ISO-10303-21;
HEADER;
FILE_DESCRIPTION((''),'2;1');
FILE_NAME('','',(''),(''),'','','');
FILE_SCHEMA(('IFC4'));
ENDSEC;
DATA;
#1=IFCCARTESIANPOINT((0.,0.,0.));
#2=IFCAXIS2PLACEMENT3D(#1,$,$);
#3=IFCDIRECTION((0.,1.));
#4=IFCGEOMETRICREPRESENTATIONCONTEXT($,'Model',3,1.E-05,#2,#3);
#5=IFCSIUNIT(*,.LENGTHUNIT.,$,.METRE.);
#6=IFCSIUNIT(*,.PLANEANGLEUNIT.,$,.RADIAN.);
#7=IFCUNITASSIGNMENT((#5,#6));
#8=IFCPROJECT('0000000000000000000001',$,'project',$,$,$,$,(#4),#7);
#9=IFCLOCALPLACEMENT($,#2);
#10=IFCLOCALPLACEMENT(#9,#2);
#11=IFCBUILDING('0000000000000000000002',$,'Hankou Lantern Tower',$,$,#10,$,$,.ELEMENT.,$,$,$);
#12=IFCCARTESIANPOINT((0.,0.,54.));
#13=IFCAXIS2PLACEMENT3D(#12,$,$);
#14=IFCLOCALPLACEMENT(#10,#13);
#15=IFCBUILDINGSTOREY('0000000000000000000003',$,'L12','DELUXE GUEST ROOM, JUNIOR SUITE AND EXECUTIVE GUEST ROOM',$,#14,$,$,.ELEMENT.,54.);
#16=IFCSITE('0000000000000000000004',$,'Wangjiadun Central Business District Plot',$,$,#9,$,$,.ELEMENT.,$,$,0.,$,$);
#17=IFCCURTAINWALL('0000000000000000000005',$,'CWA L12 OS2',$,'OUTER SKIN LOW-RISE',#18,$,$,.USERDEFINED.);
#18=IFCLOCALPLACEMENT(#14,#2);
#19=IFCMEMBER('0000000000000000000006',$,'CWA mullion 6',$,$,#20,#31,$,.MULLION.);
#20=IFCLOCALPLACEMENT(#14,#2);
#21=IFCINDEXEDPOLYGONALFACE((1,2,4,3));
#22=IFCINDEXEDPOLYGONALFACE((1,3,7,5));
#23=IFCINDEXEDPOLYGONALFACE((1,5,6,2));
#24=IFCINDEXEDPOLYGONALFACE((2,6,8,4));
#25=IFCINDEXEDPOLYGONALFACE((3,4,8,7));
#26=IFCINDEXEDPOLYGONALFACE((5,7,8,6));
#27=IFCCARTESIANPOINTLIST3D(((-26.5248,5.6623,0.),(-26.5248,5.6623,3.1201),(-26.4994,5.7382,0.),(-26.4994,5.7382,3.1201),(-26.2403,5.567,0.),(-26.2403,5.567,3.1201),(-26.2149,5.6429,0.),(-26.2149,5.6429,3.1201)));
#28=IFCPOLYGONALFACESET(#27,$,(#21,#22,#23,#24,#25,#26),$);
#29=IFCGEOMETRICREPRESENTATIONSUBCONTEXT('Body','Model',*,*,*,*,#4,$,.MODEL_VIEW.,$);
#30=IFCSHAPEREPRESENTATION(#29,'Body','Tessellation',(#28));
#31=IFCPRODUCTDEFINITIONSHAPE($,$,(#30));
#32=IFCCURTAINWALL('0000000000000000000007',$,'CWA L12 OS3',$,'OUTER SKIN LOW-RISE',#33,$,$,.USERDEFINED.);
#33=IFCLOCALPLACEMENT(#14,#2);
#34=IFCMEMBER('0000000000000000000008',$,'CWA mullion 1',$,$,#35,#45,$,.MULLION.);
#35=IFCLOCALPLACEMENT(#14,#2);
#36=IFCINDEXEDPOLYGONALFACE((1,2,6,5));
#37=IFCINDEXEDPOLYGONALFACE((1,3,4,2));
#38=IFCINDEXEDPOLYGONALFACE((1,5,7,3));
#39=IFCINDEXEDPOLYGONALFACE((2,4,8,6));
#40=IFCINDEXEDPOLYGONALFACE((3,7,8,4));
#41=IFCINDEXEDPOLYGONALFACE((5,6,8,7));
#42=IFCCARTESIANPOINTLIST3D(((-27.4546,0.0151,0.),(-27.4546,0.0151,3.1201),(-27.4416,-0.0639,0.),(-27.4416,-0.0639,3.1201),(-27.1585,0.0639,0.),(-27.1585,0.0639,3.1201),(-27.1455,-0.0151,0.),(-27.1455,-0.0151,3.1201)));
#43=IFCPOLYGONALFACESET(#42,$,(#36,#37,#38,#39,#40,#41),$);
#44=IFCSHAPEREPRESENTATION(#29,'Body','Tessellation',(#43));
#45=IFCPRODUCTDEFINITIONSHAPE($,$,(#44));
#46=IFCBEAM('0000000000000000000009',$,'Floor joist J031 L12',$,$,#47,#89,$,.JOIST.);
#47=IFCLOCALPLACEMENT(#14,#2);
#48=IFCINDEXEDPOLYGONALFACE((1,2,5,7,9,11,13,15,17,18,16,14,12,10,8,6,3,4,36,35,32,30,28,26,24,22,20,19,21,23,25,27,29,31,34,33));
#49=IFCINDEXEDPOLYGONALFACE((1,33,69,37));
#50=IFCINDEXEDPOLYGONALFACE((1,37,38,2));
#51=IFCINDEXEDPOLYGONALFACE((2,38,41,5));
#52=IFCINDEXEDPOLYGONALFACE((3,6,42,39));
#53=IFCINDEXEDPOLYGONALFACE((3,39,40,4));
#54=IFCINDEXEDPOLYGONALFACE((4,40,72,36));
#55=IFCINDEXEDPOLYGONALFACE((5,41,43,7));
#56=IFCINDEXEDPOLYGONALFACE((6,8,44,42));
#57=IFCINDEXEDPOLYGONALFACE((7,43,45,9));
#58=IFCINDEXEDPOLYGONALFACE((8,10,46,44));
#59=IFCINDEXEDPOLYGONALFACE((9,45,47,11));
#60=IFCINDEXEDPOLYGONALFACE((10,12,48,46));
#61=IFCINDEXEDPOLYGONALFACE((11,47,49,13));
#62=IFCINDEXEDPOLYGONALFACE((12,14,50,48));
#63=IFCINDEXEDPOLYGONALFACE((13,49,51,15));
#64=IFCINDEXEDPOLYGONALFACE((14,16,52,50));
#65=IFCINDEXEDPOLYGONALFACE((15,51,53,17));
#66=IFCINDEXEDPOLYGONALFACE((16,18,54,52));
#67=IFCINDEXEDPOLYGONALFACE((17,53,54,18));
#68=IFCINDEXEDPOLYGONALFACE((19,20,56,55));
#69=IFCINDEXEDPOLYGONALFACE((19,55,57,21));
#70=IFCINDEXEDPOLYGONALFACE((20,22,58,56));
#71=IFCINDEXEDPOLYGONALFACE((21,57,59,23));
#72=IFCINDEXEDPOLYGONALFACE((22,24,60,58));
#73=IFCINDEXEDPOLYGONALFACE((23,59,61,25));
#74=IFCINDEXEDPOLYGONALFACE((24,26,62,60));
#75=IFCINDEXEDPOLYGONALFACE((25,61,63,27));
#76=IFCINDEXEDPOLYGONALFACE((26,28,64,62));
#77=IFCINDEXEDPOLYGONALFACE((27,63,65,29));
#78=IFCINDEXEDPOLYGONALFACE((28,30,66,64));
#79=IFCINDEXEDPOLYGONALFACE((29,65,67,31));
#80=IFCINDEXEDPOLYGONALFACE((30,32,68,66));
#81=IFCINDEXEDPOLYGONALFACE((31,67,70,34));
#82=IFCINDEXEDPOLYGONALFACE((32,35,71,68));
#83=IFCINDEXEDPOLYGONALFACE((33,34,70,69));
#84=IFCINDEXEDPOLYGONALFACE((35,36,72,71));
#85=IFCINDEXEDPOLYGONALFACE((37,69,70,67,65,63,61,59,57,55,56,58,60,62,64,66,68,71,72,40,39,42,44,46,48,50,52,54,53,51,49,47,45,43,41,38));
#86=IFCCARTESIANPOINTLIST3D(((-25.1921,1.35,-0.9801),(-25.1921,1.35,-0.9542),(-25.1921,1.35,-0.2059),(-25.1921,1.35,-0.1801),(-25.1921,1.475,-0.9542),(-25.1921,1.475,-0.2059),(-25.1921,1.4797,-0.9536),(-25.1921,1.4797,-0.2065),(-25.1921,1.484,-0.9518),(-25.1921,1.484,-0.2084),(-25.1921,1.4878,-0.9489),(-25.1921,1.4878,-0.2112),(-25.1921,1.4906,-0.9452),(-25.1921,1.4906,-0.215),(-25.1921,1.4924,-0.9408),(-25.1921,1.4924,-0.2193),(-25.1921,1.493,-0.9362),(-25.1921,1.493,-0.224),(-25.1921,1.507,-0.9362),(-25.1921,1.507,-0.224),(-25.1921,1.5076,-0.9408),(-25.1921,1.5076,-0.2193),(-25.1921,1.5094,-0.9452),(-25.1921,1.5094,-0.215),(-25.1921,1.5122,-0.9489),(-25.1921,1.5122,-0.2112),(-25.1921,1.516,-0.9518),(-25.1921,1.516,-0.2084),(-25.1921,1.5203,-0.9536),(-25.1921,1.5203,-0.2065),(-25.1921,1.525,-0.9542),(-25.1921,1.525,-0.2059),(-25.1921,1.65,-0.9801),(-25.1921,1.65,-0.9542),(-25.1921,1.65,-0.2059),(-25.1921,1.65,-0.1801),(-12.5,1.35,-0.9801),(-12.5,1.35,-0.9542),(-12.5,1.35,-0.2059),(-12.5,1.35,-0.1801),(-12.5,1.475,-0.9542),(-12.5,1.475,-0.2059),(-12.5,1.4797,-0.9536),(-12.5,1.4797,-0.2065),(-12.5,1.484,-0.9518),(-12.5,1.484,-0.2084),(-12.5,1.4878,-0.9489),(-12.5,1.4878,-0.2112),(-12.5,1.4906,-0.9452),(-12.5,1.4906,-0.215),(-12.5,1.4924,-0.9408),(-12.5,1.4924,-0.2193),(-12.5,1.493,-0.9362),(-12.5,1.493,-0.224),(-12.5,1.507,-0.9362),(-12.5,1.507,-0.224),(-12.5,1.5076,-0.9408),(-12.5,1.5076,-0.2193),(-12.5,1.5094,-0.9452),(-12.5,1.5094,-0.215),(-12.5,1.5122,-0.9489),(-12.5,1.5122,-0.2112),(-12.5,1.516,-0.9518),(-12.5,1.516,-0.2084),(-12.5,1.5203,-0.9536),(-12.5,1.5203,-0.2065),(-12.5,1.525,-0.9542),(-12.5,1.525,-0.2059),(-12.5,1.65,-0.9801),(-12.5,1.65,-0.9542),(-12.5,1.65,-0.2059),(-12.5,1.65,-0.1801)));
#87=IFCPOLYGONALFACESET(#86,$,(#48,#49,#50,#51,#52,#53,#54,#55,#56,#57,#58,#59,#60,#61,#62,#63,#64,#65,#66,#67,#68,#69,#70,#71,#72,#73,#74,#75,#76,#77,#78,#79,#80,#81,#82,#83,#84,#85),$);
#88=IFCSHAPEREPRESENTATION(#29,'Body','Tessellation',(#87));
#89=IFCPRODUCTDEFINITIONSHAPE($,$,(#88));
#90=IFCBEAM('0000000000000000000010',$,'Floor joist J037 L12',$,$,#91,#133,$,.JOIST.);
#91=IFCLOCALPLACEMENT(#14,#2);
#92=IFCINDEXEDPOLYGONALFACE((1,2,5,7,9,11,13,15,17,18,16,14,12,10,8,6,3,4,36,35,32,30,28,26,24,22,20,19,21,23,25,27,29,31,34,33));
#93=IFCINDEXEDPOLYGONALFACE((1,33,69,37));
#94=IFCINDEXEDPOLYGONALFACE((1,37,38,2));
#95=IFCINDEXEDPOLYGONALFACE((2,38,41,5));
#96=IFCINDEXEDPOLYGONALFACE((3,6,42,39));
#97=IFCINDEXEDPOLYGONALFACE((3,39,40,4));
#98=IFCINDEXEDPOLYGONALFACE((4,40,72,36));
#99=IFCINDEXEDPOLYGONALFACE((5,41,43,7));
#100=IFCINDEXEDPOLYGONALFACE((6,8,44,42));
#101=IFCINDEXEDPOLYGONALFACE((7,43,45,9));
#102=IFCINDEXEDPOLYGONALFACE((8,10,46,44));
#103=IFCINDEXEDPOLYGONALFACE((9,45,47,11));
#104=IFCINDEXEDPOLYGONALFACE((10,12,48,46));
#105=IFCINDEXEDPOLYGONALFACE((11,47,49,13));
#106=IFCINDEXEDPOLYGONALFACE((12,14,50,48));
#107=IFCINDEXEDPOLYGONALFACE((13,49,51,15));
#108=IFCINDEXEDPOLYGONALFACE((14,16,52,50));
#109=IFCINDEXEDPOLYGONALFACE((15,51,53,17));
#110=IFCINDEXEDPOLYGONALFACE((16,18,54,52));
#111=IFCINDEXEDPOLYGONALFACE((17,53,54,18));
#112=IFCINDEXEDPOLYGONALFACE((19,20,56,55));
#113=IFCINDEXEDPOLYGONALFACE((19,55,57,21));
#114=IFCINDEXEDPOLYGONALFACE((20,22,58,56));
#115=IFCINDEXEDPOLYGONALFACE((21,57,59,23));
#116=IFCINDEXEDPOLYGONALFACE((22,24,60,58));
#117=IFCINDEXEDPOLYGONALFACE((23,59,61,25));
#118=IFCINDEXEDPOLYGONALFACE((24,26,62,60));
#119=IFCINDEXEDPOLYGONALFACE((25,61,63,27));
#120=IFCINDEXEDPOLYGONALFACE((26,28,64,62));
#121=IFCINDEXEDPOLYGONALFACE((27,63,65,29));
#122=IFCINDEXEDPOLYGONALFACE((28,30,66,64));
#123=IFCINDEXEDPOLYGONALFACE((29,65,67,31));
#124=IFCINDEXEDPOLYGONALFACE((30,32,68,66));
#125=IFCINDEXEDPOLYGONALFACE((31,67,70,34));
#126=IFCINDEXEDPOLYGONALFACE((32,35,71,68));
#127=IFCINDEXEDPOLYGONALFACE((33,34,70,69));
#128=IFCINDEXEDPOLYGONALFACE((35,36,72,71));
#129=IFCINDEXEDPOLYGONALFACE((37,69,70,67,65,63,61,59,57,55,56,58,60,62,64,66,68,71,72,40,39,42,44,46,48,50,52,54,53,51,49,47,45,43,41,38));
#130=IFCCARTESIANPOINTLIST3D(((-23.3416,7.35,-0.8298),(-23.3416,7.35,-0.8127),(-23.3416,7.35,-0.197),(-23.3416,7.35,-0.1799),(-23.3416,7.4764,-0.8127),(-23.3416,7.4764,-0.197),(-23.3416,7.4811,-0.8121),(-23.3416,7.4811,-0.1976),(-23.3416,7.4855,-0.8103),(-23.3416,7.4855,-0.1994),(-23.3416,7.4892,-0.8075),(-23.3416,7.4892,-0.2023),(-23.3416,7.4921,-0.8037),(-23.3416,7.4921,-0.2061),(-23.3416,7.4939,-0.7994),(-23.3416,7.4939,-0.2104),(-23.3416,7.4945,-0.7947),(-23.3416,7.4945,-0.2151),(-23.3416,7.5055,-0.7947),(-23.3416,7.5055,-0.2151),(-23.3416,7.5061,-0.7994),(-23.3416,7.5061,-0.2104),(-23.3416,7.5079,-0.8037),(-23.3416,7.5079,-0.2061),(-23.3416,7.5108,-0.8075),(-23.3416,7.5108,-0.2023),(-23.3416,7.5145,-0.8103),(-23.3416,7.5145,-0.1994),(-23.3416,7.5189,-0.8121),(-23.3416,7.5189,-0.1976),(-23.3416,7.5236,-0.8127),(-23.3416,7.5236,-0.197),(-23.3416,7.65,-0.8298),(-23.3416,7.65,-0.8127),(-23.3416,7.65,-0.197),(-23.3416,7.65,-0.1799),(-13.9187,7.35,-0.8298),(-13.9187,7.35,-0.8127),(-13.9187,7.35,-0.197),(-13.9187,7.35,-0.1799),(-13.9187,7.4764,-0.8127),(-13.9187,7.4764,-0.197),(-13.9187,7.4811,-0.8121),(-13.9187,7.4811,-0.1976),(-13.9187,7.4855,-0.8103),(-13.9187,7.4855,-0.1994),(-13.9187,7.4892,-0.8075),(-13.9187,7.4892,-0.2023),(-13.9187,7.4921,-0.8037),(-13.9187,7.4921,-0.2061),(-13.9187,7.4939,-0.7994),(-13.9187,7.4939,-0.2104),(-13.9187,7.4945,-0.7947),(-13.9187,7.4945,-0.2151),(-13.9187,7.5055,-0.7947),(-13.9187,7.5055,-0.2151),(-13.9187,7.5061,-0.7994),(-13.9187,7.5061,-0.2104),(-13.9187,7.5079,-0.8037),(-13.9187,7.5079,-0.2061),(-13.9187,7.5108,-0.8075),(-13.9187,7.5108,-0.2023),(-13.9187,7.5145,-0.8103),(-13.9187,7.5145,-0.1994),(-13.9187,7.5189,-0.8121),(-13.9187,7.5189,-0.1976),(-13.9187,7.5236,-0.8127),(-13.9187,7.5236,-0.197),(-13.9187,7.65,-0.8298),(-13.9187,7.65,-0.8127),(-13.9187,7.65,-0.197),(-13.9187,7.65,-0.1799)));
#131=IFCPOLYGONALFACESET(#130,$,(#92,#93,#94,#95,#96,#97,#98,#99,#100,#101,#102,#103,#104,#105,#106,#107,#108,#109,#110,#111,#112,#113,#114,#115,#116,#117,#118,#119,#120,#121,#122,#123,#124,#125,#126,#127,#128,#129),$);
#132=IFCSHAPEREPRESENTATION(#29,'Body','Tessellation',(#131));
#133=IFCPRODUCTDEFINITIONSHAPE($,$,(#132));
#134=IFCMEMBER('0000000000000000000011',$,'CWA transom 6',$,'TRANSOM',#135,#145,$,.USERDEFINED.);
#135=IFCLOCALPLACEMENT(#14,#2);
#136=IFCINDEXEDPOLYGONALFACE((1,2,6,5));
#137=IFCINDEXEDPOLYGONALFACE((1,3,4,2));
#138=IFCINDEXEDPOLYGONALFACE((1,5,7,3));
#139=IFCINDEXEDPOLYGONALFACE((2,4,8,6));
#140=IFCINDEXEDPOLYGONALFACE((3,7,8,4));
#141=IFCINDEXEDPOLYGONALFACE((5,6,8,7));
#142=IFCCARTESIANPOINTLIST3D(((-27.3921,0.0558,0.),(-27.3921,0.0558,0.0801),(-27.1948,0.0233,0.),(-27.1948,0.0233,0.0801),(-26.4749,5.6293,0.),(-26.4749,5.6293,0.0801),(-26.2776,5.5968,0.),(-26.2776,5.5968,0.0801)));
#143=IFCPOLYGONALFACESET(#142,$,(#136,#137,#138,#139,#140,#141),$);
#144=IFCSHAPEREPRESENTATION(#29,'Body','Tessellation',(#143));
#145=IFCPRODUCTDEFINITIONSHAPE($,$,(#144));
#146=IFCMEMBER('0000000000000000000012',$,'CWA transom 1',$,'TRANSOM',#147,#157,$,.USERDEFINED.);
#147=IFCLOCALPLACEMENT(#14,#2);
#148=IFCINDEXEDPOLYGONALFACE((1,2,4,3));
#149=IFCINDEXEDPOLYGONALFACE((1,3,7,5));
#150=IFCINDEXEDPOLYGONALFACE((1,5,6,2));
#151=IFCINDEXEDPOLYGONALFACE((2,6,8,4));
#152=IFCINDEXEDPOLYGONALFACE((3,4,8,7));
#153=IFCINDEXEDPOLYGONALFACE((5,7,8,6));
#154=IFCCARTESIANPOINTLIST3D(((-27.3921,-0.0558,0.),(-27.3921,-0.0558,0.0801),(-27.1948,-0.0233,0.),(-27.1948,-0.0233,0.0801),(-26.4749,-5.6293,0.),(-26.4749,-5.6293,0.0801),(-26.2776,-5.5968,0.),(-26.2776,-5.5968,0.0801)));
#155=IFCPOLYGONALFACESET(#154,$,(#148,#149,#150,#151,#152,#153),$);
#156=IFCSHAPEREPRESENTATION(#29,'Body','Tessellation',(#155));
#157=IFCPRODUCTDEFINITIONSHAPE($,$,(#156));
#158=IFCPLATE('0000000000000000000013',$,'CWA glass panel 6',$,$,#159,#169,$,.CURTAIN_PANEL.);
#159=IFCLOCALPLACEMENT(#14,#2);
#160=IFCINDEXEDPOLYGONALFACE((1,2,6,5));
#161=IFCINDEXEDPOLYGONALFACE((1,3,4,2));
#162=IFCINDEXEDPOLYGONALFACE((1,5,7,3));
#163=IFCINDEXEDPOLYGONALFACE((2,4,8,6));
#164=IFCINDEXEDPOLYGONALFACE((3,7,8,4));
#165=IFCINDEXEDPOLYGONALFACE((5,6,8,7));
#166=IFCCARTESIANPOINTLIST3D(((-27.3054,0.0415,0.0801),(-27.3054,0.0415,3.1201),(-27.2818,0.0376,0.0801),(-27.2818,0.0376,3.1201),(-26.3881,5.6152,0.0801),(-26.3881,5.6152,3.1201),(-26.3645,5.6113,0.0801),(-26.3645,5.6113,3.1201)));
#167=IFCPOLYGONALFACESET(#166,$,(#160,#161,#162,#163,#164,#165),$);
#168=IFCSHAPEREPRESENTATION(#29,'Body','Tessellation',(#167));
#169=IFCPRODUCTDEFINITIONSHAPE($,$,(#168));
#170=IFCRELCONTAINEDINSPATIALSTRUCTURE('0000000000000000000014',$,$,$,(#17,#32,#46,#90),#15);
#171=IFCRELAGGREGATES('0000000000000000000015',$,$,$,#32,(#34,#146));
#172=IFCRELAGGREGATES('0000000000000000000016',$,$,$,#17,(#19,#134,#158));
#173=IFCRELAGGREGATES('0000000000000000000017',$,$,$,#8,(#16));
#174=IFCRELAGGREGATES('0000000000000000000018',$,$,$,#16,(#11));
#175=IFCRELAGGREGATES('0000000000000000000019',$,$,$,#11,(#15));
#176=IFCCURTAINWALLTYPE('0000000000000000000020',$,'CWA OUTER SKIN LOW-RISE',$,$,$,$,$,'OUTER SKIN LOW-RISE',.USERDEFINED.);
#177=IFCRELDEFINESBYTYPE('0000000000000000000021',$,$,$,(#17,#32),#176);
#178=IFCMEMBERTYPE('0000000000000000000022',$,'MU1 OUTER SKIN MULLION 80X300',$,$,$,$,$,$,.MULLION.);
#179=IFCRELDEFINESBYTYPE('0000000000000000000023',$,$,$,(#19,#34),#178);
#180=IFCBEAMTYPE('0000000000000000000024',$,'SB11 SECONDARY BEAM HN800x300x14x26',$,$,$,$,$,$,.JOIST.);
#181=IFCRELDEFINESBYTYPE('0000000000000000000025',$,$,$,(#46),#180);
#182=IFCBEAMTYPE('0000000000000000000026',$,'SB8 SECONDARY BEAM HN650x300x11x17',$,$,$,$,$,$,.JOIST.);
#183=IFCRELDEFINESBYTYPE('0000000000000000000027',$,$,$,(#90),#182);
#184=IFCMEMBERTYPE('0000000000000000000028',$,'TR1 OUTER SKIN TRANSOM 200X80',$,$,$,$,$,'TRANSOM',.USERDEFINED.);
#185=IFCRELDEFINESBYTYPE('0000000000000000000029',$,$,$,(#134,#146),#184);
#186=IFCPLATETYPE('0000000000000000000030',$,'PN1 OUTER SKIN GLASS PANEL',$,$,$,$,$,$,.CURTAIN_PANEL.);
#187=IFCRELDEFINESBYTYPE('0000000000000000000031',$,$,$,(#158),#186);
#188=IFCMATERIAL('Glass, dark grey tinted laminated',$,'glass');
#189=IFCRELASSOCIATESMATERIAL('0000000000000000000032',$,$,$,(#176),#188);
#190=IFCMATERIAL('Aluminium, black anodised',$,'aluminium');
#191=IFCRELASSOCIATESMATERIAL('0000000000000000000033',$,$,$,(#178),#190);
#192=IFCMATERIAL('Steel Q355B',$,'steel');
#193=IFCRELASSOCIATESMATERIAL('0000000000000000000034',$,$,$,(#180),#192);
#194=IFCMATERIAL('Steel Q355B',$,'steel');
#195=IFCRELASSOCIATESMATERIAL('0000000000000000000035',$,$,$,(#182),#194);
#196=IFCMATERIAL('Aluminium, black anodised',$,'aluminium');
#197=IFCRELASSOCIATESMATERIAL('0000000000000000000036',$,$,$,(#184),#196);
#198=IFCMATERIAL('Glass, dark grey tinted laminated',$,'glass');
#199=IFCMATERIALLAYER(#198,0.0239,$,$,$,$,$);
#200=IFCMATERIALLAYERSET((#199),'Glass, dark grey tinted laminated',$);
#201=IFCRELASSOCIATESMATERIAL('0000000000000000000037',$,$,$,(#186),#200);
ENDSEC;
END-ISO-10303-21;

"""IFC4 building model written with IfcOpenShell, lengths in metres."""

from ifc_helpers import new_model, si_unit, direction, frame, origin, origin_2d, place, context, subcontext, project, spatial, rectangle, i_section, extrude, material, layer, layer_set, material_profile, profile_set, type_object, element, aggregate, save


model = new_model("IFC4")

# Units and contexts
model_context = context("Model", 3, precision=1e-05, world=origin(), true_north=direction((0.0, 1.0)))
body_context = subcontext(model_context, "Body", "Model", "MODEL_VIEW")
ifc_project = project(units=[si_unit("LENGTHUNIT", "METRE"), si_unit("PLANEANGLEUNIT", "RADIAN")], contexts=[model_context])

# Site, building, storey
site_placement = place(None, origin())
site = spatial("IfcSite", under=ifc_project, at=site_placement, Name="Wangjiadun Central Business District Plot", CompositionType="ELEMENT", RefElevation=0.0)
building_placement = place(site_placement, origin())
building = spatial("IfcBuilding", under=site, at=building_placement, Name="Hankou Lantern Tower", CompositionType="ELEMENT")
storey_placement = place(building_placement, frame((0.0, 0.0, 54.0)))
storey = spatial("IfcBuildingStorey", under=building, at=storey_placement, Name="L12", Description="DELUXE GUEST ROOM, JUNIOR SUITE AND EXECUTIVE GUEST ROOM", CompositionType="ELEMENT", Elevation=54.0)

# Curtain walls, members
ifc_material_1 = material(Name="Glass, dark grey tinted laminated", Category="glass")
curtain_wall_type = type_object("IfcCurtainWallType", Name="CWA OUTER SKIN LOW-RISE", ElementType="OUTER SKIN LOW-RISE", PredefinedType="USERDEFINED", material=ifc_material_1)
curtain_wall_1_placement = place(storey_placement, origin())
curtain_wall_1 = element("IfcCurtainWall", 1, at=curtain_wall_1_placement, inside=storey, type_object=curtain_wall_type, Name="CWA L12 OS2", ObjectType="OUTER SKIN LOW-RISE", PredefinedType="USERDEFINED")
ifc_material_2 = material(Name="Aluminium, black anodised", Category="aluminium")
ifc_material_profile_1 = material_profile(ifc_material_2, rectangle(XDim=0.0801, YDim=0.3, at=origin_2d()), Name="MU1 80X300")
ifc_profile_set_1 = profile_set([ifc_material_profile_1], Name="Aluminium, black anodised")
member_type_1 = type_object("IfcMemberType", Name="MU1 OUTER SKIN MULLION 80X300", PredefinedType="MULLION", material=ifc_profile_set_1)
member_1_placement = place(storey_placement, frame((-26.3699, 5.6526, 0.0), z_axis=(0.0, 0.0, 1.0), x_axis=(-0.317596, -0.948226, 0.0)))
member_1 = element("IfcMember", 2, at=member_1_placement, type_object=member_type_1, Name="CWA mullion 6", PredefinedType="MULLION", context=body_context, shape_type="SweptSolid", body=[
    extrude(rectangle(XDim=0.0801, YDim=0.3, at=origin_2d()), origin(), (0.0, 0.0, 1.0), 3.1201),
])
curtain_wall_2_placement = place(storey_placement, origin())
curtain_wall_2 = element("IfcCurtainWall", 3, at=curtain_wall_2_placement, inside=storey, type_object=curtain_wall_type, Name="CWA L12 OS3", ObjectType="OUTER SKIN LOW-RISE", PredefinedType="USERDEFINED")
member_2_placement = place(storey_placement, frame((-27.3, 0.0, 0.0), z_axis=(0.0, 0.0, 1.0), x_axis=(0.162382, -0.986728, 0.0)))
member_2 = element("IfcMember", 4, at=member_2_placement, type_object=member_type_1, Name="CWA mullion 1", PredefinedType="MULLION", context=body_context, shape_type="SweptSolid", body=[
    extrude(rectangle(XDim=0.0801, YDim=0.3, at=origin_2d()), origin(), (0.0, 0.0, 1.0), 3.1201),
])

# Beams
ifc_material_3 = material(Name="Steel Q355B", Category="steel")
ifc_material_profile_2 = material_profile(ifc_material_3, i_section(OverallWidth=0.3, OverallDepth=0.8, WebThickness=0.0139, FlangeThickness=0.0259, FilletRadius=0.0181, at=origin_2d()), Name="HN800x300x14x26")
ifc_profile_set_2 = profile_set([ifc_material_profile_2], Name="Steel Q355B")
beam_type_1 = type_object("IfcBeamType", Name="SB11 SECONDARY BEAM HN800x300x14x26", PredefinedType="JOIST", material=ifc_profile_set_2)
beam_1_placement = place(storey_placement, frame((-25.1921, 1.5, -0.5801), z_axis=(1.0, 0.0, 0.0), x_axis=(0.0, 1.0, 0.0)))
element("IfcBeam", 5, at=beam_1_placement, inside=storey, type_object=beam_type_1, Name="Floor joist J031 L12", PredefinedType="JOIST", context=body_context, shape_type="SweptSolid", body=[
    extrude(i_section(OverallWidth=0.3, OverallDepth=0.8, WebThickness=0.0139, FlangeThickness=0.0259, FilletRadius=0.0181, at=origin_2d()), origin(), (0.0, 0.0, 1.0), 12.6921),
])
ifc_material_4 = material(Name="Steel Q355B", Category="steel")
ifc_material_profile_3 = material_profile(ifc_material_4, i_section(OverallWidth=0.3, OverallDepth=0.6499, WebThickness=0.011, FlangeThickness=0.0171, FilletRadius=0.0181, at=origin_2d()), Name="HN650x300x11x17")
ifc_profile_set_3 = profile_set([ifc_material_profile_3], Name="Steel Q355B")
beam_type_2 = type_object("IfcBeamType", Name="SB8 SECONDARY BEAM HN650x300x11x17", PredefinedType="JOIST", material=ifc_profile_set_3)
beam_2_placement = place(storey_placement, frame((-23.3416, 7.5, -0.5049), z_axis=(1.0, 0.0, 0.0), x_axis=(0.0, 1.0, 0.0)))
element("IfcBeam", 6, at=beam_2_placement, inside=storey, type_object=beam_type_2, Name="Floor joist J037 L12", PredefinedType="JOIST", context=body_context, shape_type="SweptSolid", body=[
    extrude(i_section(OverallWidth=0.3, OverallDepth=0.6499, WebThickness=0.011, FlangeThickness=0.0171, FilletRadius=0.0181, at=origin_2d()), origin(), (0.0, 0.0, 1.0), 9.4229),
])

# Members
ifc_material_5 = material(Name="Aluminium, black anodised", Category="aluminium")
ifc_material_profile_4 = material_profile(ifc_material_5, rectangle(XDim=0.2, YDim=0.0801, at=origin_2d()), Name="TR1 200X80")
ifc_profile_set_4 = profile_set([ifc_material_profile_4], Name="Aluminium, black anodised")
member_type_2 = type_object("IfcMemberType", Name="TR1 OUTER SKIN TRANSOM 200X80", ElementType="TRANSOM", PredefinedType="USERDEFINED", material=ifc_profile_set_4)
member_3_placement = place(storey_placement, frame((-26.3762, 5.613, 0.04), z_axis=(-0.162387, -0.986727, 0.0), x_axis=(0.986727, -0.162387, 0.0)))
member_3 = element("IfcMember", 7, at=member_3_placement, type_object=member_type_2, Name="CWA transom 6", ObjectType="TRANSOM", PredefinedType="USERDEFINED", context=body_context, shape_type="SweptSolid", body=[
    extrude(rectangle(XDim=0.2, YDim=0.0801, at=origin_2d()), origin(), (0.0, 0.0, 1.0), 5.6484),
])
member_4_placement = place(storey_placement, frame((-27.2935, -0.0396, 0.04), z_axis=(0.162387, -0.986727, 0.0), x_axis=(0.986727, 0.162387, 0.0)))
member_4 = element("IfcMember", 8, at=member_4_placement, type_object=member_type_2, Name="CWA transom 1", ObjectType="TRANSOM", PredefinedType="USERDEFINED", context=body_context, shape_type="SweptSolid", body=[
    extrude(rectangle(XDim=0.2, YDim=0.0801, at=origin_2d()), origin(), (0.0, 0.0, 1.0), 5.6484),
])
aggregate(curtain_wall_2, [member_2, member_4])

# Plate
ifc_material_6 = material(Name="Glass, dark grey tinted laminated", Category="glass")
ifc_layer_1 = layer(ifc_material_6, 0.0239)
ifc_layer_set_1 = layer_set([ifc_layer_1], Name="Glass, dark grey tinted laminated")
plate_type = type_object("IfcPlateType", Name="PN1 OUTER SKIN GLASS PANEL", PredefinedType="CURTAIN_PANEL", material=ifc_layer_set_1)
plate_placement = place(storey_placement, frame((-26.835, 2.8264, 0.0801), z_axis=(0.0, 0.0, 1.0), x_axis=(-0.162382, -0.986728, 0.0)))
plate = element("IfcPlate", 9, at=plate_placement, type_object=plate_type, Name="CWA glass panel 6", PredefinedType="CURTAIN_PANEL", context=body_context, shape_type="SweptSolid", body=[
    extrude(rectangle(XDim=5.6487, YDim=0.0239, at=origin_2d()), origin(), (0.0, 0.0, 1.0), 3.04),
])
aggregate(curtain_wall_1, [member_1, member_3, plate])

save(model, "model.ifc")
